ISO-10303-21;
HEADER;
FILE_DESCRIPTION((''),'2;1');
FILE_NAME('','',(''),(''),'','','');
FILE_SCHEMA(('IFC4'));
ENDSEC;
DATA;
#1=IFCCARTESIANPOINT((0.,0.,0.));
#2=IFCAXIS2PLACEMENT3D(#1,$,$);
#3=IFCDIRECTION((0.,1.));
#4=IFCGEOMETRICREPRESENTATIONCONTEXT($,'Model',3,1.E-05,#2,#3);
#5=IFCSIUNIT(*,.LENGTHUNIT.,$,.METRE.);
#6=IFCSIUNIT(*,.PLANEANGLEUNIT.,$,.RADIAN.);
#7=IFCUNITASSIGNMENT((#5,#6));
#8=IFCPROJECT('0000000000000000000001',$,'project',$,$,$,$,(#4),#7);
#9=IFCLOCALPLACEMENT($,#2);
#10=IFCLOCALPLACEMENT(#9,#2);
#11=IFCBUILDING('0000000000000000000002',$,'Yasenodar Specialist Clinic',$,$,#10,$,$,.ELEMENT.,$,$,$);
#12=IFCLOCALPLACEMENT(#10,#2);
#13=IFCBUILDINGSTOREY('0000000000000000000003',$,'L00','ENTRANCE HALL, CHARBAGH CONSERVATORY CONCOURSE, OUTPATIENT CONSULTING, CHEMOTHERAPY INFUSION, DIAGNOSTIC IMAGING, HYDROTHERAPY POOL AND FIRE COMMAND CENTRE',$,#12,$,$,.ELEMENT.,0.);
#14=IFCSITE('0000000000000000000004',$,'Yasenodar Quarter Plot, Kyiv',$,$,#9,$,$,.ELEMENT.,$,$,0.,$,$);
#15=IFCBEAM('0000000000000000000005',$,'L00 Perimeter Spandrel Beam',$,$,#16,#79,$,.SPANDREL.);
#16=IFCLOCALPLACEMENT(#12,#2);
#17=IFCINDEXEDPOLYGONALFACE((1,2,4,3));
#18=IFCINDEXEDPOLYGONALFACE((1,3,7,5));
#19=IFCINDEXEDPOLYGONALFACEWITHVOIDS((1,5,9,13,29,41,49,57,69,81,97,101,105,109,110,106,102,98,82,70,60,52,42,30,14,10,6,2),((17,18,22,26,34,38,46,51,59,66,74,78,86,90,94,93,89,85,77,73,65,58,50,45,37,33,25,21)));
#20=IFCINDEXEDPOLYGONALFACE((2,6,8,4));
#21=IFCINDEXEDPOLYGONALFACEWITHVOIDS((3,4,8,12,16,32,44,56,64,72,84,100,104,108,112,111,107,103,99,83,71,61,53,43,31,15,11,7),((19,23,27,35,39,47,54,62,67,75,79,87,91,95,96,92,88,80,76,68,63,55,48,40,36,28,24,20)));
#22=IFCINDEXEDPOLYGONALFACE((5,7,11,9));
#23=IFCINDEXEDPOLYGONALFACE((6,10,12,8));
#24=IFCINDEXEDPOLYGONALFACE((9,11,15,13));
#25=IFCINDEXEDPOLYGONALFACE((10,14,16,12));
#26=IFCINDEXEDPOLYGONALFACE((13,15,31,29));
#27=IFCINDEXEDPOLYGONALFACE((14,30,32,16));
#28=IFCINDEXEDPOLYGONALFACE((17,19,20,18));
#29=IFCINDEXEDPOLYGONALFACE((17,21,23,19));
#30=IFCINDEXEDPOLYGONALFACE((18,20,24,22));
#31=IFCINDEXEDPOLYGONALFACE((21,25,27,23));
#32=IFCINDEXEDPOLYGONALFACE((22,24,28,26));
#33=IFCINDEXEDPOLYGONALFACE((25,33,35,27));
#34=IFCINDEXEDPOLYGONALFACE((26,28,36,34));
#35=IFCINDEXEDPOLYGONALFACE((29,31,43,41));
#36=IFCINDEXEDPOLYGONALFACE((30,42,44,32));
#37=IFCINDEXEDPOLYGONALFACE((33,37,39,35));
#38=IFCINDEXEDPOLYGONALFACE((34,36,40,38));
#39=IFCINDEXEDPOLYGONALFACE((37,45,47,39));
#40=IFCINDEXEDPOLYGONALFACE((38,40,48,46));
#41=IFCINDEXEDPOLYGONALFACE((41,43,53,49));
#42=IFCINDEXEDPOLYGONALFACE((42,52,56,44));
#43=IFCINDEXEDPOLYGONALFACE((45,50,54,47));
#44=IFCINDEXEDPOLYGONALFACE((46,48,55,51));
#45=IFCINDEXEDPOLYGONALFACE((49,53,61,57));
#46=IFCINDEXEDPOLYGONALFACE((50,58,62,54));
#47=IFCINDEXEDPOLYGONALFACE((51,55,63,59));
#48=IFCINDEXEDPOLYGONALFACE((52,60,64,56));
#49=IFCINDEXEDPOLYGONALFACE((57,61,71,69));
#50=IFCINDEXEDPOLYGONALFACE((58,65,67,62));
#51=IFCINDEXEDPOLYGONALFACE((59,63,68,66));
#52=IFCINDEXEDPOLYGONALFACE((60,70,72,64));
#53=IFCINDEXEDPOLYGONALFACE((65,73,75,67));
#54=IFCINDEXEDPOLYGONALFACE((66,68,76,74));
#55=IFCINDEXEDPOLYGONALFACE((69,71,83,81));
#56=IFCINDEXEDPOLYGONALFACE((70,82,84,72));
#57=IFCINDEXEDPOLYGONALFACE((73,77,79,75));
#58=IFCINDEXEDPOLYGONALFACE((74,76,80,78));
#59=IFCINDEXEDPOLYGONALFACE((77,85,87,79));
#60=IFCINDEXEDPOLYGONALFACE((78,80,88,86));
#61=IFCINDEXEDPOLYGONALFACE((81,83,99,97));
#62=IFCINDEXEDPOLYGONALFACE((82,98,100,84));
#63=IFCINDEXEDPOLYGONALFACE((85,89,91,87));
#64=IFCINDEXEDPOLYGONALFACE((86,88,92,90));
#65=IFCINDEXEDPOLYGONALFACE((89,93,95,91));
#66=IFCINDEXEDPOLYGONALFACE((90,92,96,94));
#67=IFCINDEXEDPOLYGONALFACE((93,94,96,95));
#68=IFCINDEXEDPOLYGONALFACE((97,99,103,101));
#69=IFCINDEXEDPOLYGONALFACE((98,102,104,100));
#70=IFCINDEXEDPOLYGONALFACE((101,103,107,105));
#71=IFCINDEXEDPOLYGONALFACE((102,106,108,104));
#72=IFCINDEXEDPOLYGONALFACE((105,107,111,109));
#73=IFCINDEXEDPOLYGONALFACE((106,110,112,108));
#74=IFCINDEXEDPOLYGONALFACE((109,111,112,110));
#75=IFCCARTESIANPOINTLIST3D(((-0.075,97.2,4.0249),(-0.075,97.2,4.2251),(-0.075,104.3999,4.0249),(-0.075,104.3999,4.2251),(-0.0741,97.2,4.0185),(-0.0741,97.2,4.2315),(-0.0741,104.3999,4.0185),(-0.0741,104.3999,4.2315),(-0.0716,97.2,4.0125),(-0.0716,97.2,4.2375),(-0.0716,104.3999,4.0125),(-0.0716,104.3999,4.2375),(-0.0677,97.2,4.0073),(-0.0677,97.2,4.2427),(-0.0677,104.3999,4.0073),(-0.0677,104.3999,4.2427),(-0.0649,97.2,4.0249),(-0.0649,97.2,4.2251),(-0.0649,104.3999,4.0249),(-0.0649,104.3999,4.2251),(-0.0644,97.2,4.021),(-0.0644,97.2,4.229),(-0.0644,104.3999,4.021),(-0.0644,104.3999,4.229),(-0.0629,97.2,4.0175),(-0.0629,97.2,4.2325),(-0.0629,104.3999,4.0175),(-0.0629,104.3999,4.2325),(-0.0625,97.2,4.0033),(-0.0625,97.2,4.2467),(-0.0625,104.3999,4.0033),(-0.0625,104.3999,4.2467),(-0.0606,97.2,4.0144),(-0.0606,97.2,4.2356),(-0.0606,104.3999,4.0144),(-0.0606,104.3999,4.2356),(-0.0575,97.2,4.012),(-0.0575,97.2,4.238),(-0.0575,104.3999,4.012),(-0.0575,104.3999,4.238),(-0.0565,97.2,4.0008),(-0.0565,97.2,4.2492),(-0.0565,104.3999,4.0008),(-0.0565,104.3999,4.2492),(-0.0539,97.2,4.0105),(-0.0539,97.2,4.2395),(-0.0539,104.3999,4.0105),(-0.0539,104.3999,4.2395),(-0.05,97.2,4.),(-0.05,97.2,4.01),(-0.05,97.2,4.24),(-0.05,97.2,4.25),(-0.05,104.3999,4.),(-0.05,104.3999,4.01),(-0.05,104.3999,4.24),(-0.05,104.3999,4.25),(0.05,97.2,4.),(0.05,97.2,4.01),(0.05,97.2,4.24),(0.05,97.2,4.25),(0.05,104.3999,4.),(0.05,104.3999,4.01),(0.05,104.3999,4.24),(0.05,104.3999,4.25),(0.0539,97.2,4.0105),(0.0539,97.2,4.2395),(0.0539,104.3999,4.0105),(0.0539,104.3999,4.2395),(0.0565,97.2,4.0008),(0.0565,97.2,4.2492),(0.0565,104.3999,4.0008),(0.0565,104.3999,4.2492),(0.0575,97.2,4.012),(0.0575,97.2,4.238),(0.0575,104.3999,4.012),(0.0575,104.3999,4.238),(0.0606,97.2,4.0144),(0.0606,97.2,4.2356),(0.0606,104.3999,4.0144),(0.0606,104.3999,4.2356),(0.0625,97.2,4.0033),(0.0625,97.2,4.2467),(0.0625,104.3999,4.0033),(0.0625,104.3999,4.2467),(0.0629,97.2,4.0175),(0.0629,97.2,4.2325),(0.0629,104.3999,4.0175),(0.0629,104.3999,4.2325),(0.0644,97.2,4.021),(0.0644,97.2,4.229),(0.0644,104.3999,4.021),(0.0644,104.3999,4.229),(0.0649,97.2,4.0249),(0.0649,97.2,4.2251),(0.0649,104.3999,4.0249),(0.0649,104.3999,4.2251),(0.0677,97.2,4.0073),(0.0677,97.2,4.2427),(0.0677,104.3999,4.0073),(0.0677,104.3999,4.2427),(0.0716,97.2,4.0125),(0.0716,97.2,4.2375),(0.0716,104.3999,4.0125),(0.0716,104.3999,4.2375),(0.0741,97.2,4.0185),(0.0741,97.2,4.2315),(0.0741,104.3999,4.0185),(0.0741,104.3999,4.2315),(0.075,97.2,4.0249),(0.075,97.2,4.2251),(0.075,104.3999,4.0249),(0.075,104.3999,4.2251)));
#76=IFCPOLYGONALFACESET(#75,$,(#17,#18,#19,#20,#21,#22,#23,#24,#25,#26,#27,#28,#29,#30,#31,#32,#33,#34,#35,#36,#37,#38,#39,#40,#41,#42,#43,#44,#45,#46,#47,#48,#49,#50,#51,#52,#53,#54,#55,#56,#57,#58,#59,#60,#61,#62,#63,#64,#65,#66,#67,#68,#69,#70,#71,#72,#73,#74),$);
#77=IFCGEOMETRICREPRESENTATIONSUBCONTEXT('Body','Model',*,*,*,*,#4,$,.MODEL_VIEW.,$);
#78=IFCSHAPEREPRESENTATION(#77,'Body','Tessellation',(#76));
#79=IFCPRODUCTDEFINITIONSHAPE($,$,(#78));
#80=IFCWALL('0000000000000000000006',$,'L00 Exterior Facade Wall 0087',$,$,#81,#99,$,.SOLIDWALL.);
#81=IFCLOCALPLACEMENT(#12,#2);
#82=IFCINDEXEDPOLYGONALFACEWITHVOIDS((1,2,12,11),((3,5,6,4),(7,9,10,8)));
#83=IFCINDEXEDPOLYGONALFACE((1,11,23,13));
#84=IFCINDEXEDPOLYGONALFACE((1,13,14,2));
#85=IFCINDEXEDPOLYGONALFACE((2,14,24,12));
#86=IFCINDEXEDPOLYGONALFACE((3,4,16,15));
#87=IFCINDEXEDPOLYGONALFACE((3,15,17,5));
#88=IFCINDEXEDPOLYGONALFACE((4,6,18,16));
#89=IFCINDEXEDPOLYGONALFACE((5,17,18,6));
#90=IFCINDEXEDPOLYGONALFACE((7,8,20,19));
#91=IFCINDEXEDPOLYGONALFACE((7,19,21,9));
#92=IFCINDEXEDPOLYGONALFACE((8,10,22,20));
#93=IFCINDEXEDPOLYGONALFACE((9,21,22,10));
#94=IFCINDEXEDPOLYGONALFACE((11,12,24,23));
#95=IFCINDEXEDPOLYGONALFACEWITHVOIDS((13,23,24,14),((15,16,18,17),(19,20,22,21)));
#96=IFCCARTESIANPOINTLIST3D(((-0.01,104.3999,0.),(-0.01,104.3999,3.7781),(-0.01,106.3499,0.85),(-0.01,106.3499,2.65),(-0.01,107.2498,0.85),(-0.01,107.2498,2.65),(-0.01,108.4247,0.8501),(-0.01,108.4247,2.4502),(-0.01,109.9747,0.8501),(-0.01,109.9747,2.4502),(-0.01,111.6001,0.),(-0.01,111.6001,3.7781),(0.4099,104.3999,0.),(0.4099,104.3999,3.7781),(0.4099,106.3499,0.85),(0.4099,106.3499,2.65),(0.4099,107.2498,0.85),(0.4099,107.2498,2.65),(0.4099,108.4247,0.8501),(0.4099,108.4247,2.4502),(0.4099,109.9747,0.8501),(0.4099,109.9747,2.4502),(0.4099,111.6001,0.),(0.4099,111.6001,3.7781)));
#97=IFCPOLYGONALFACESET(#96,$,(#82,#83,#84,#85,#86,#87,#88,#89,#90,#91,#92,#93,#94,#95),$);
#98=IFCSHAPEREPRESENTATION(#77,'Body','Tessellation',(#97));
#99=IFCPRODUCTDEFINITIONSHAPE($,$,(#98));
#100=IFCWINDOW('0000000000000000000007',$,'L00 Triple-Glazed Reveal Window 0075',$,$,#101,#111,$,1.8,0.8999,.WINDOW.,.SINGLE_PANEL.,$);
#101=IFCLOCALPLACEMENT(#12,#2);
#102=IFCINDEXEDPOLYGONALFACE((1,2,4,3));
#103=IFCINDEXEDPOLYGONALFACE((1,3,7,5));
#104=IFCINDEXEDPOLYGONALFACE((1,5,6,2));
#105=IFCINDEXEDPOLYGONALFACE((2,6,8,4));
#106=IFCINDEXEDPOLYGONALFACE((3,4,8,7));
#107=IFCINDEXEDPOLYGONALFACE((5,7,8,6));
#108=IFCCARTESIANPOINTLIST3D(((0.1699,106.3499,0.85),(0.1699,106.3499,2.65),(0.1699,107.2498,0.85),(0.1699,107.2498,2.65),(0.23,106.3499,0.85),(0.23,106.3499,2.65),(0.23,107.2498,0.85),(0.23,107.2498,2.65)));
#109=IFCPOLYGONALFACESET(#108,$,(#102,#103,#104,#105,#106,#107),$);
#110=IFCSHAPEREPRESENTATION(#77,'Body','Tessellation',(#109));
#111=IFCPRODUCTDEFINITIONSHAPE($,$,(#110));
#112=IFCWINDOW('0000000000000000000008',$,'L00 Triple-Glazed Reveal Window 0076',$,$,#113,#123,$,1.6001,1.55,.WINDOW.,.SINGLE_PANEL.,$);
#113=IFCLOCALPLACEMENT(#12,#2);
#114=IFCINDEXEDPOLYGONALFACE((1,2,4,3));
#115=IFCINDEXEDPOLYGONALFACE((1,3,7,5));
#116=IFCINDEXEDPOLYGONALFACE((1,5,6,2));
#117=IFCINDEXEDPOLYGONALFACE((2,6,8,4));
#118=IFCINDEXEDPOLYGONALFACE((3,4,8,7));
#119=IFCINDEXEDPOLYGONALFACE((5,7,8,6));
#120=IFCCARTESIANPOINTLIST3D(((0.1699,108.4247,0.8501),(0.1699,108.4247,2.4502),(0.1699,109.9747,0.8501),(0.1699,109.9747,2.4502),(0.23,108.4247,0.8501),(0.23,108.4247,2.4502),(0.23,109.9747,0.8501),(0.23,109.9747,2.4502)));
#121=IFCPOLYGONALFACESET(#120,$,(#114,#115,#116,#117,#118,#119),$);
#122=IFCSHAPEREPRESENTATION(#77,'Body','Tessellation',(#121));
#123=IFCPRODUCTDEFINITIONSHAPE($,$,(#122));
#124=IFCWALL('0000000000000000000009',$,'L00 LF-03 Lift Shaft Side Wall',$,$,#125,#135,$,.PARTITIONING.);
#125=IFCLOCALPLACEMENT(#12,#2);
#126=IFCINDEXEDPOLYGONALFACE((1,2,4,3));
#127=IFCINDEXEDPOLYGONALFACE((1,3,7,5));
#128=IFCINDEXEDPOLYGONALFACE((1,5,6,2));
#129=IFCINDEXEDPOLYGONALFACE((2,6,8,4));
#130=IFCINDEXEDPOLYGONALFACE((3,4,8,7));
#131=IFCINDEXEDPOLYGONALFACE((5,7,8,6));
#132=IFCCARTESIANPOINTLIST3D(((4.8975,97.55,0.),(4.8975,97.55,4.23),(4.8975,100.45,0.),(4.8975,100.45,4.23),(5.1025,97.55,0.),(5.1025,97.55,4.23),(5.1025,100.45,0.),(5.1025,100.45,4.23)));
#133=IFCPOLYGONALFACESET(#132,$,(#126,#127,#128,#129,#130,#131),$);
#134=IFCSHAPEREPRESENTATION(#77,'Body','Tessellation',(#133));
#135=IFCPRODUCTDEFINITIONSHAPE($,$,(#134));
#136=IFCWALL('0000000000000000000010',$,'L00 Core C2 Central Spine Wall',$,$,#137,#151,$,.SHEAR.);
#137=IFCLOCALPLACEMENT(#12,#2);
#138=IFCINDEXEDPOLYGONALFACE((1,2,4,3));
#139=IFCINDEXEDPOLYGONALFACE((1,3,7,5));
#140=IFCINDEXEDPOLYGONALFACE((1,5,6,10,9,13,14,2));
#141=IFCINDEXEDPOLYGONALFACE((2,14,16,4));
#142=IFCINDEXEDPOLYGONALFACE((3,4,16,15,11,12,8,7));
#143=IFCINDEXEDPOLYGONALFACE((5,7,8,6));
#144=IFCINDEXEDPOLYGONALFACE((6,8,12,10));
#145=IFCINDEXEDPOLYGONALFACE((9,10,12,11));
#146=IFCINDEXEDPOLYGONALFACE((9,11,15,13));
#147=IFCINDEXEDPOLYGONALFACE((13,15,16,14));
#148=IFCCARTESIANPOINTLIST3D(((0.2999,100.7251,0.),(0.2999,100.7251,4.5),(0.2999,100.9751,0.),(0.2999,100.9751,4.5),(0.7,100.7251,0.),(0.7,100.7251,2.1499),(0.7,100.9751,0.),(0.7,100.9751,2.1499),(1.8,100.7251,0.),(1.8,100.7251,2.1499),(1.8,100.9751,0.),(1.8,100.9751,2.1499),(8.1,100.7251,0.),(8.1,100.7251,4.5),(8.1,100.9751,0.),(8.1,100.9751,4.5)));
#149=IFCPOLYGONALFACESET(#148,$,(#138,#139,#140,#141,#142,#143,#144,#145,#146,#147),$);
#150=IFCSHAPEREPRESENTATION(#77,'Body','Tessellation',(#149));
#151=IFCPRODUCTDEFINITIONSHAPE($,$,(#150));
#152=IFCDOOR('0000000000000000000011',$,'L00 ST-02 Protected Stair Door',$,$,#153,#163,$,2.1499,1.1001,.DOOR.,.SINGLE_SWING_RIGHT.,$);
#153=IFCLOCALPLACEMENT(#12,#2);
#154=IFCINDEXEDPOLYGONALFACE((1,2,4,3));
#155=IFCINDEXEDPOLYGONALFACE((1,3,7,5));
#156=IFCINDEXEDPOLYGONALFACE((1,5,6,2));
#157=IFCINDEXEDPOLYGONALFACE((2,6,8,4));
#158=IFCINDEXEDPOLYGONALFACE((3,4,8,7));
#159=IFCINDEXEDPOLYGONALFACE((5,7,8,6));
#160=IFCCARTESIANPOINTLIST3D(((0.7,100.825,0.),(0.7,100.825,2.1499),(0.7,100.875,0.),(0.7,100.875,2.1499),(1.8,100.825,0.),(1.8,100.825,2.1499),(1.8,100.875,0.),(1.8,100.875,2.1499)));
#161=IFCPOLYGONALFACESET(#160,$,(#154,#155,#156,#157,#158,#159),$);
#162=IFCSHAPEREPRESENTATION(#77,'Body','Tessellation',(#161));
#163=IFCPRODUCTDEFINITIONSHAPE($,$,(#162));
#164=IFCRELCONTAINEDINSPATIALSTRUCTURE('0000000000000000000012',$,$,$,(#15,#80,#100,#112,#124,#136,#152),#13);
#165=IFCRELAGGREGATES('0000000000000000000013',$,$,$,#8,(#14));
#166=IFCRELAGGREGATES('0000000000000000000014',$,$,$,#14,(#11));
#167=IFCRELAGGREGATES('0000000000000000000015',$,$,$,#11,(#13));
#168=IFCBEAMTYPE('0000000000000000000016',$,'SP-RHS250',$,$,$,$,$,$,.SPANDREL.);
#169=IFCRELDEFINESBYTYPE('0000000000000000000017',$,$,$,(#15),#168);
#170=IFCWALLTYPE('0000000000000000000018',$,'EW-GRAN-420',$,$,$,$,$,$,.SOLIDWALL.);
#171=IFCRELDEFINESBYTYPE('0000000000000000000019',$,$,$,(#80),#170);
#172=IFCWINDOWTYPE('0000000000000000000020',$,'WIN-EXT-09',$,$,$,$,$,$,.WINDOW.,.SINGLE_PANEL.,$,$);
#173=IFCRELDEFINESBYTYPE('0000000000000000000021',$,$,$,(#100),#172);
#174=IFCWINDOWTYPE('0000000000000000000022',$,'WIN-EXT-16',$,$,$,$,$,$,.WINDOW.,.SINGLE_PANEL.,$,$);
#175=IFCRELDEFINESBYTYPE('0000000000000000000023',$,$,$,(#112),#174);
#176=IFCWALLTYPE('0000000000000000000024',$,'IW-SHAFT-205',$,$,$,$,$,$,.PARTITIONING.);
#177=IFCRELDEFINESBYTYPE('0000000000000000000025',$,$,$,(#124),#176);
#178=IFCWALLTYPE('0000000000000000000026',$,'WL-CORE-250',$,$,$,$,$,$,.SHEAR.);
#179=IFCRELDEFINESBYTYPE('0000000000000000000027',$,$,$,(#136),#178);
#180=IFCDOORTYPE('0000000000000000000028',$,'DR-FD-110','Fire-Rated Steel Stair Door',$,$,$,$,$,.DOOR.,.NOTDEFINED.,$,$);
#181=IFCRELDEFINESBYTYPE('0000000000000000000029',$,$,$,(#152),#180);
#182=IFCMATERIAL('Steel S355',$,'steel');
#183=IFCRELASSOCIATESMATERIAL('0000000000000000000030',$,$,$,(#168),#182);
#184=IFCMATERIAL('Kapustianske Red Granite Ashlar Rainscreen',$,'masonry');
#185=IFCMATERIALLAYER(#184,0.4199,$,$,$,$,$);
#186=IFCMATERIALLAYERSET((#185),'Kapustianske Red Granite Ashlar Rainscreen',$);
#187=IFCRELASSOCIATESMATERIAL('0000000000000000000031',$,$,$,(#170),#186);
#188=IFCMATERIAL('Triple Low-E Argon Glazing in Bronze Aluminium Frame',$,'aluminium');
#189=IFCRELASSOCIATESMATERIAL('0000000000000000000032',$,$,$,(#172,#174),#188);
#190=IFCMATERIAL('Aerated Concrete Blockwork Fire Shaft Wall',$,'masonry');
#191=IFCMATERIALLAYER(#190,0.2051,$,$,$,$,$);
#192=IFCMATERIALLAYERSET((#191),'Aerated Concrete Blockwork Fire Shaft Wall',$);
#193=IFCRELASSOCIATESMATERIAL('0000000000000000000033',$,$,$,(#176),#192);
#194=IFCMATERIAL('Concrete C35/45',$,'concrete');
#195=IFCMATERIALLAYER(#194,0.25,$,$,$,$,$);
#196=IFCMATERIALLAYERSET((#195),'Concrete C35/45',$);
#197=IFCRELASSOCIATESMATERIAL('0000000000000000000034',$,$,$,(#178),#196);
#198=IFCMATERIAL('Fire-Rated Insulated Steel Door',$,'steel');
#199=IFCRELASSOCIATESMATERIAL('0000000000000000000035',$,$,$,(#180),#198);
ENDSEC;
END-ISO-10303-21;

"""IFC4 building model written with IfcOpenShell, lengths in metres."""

from ifc_helpers import new_model, si_unit, direction, frame, frame_2d, origin, origin_2d, place, context, subcontext, project, spatial, rectangle, hollow_rectangle, extrude, material, layer, layer_set, material_profile, profile_set, type_object, element, fill, save


model = new_model("IFC4")

# Units and contexts
model_context = context("Model", 3, precision=1e-05, world=origin(), true_north=direction((0.0, 1.0)))
body_context = subcontext(model_context, "Body", "Model", "MODEL_VIEW")
ifc_project = project(units=[si_unit("LENGTHUNIT", "METRE"), si_unit("PLANEANGLEUNIT", "RADIAN")], contexts=[model_context])

# Site, building, storey
site_placement = place(None, origin())
site = spatial("IfcSite", under=ifc_project, at=site_placement, Name="Yasenodar Quarter Plot, Kyiv", CompositionType="ELEMENT", RefElevation=0.0)
building_placement = place(site_placement, origin())
building = spatial("IfcBuilding", under=site, at=building_placement, Name="Yasenodar Specialist Clinic", CompositionType="ELEMENT")
storey_placement = place(building_placement, origin())
storey = spatial("IfcBuildingStorey", under=building, at=storey_placement, Name="L00", Description="ENTRANCE HALL, CHARBAGH CONSERVATORY CONCOURSE, OUTPATIENT CONSULTING, CHEMOTHERAPY INFUSION, DIAGNOSTIC IMAGING, HYDROTHERAPY POOL AND FIRE COMMAND CENTRE", CompositionType="ELEMENT", Elevation=0.0)

# Shared definitions
ifc_material_1 = material(Name="Concrete C35/45", Category="concrete")

# Shared definitions
ifc_material_2 = material(Name="Steel S355", Category="steel")

# Beam
ifc_material_profile_1 = material_profile(ifc_material_2, hollow_rectangle(XDim=0.1499, YDim=0.25, WallThickness=0.01, InnerFilletRadius=0.0149, OuterFilletRadius=0.0249, at=origin_2d()), Name="RHS 250x150x10")
ifc_profile_set_1 = profile_set([ifc_material_profile_1], Name="Steel S355")
beam_type_1 = type_object("IfcBeamType", Name="SP-RHS250", PredefinedType="SPANDREL", material=ifc_profile_set_1)
beam_1_placement = place(storey_placement, frame((0.0, 97.2, 4.125), z_axis=(0.0, 1.0, 0.0), x_axis=(-1.0, 0.0, 0.0)))
element("IfcBeam", 1, at=beam_1_placement, inside=storey, type_object=beam_type_1, Name="L00 Perimeter Spandrel Beam", PredefinedType="SPANDREL", context=body_context, shape_type="SweptSolid", body=[
    extrude(hollow_rectangle(XDim=0.1499, YDim=0.25, WallThickness=0.01, InnerFilletRadius=0.0149, OuterFilletRadius=0.0249, at=origin_2d()), origin(), (0.0, 0.0, 1.0), 7.2),
])

# Wall, openings, windows
ifc_material_3 = material(Name="Kapustianske Red Granite Ashlar Rainscreen", Category="masonry")
ifc_layer_1 = layer(ifc_material_3, 0.4199)
ifc_layer_set_1 = layer_set([ifc_layer_1], Name="Kapustianske Red Granite Ashlar Rainscreen")
wall_type_1 = type_object("IfcWallType", Name="EW-GRAN-420", PredefinedType="SOLIDWALL", material=ifc_layer_set_1)
wall_1_placement = place(storey_placement, frame((0.2, 104.3999, 0.0), z_axis=(0.0, 0.0, 1.0), x_axis=(0.0, 1.0, 0.0)))
wall_1 = element("IfcWall", 2, at=wall_1_placement, inside=storey, type_object=wall_type_1, Name="L00 Exterior Facade Wall 0087", PredefinedType="SOLIDWALL", context=body_context, shape_type="SweptSolid", body=[
    extrude(rectangle(XDim=7.2002, YDim=0.4199, at=frame_2d((3.6001, 0.0))), origin(), (0.0, 0.0, 1.0), 3.7781),
])
opening_1_placement = place(wall_1_placement, frame((1.95, 0.0, 0.8501)))
opening_1 = element("IfcOpeningElement", 3, at=opening_1_placement, cuts=wall_1, PredefinedType="OPENING", context=body_context, shape_type="SweptSolid", body=[
    extrude(rectangle(XDim=0.8999, YDim=1.8, at=frame_2d((0.45, 0.8999))), frame((0.0, 0.22, 0.0), z_axis=(0.0, -1.0, 0.0), x_axis=(1.0, 0.0, 0.0)), (0.0, 0.0, 1.0), 0.4399),
])
opening_2_placement = place(wall_1_placement, frame((4.0249, 0.0, 0.8501)))
opening_2 = element("IfcOpeningElement", 4, at=opening_2_placement, cuts=wall_1, PredefinedType="OPENING", context=body_context, shape_type="SweptSolid", body=[
    extrude(rectangle(XDim=1.55, YDim=1.6001, at=frame_2d((0.7749, 0.8))), frame((0.0, 0.22, 0.0), z_axis=(0.0, -1.0, 0.0), x_axis=(1.0, 0.0, 0.0)), (0.0, 0.0, 1.0), 0.4399),
])
ifc_material_4 = material(Name="Triple Low-E Argon Glazing in Bronze Aluminium Frame", Category="aluminium")
window_type_1 = type_object("IfcWindowType", Name="WIN-EXT-09", PartitioningType="SINGLE_PANEL", PredefinedType="WINDOW", material=ifc_material_4)
window_1_placement = place(opening_1_placement, origin())
window_1 = element("IfcWindow", 5, at=window_1_placement, inside=storey, type_object=window_type_1, Name="L00 Triple-Glazed Reveal Window 0075", OverallHeight=1.8, OverallWidth=0.8999, PartitioningType="SINGLE_PANEL", PredefinedType="WINDOW", context=body_context, shape_type="SweptSolid", body=[
    extrude(rectangle(XDim=0.8999, YDim=1.8, at=frame_2d((0.45, 0.8999))), frame((0.0, 0.03, 0.0), z_axis=(0.0, -1.0, 0.0), x_axis=(1.0, 0.0, 0.0)), (0.0, 0.0, 1.0), 0.0601),
])
fill(opening_1, window_1)
window_type_2 = type_object("IfcWindowType", Name="WIN-EXT-16", PartitioningType="SINGLE_PANEL", PredefinedType="WINDOW", material=ifc_material_4)
window_2_placement = place(opening_2_placement, origin())
window_2 = element("IfcWindow", 6, at=window_2_placement, inside=storey, type_object=window_type_2, Name="L00 Triple-Glazed Reveal Window 0076", OverallHeight=1.6001, OverallWidth=1.55, PartitioningType="SINGLE_PANEL", PredefinedType="WINDOW", context=body_context, shape_type="SweptSolid", body=[
    extrude(rectangle(XDim=1.55, YDim=1.6001, at=frame_2d((0.7749, 0.8))), frame((0.0, 0.03, 0.0), z_axis=(0.0, -1.0, 0.0), x_axis=(1.0, 0.0, 0.0)), (0.0, 0.0, 1.0), 0.0601),
])
fill(opening_2, window_2)

# Wall
ifc_material_5 = material(Name="Aerated Concrete Blockwork Fire Shaft Wall", Category="masonry")
ifc_layer_2 = layer(ifc_material_5, 0.2051)
ifc_layer_set_2 = layer_set([ifc_layer_2], Name="Aerated Concrete Blockwork Fire Shaft Wall")
wall_type_2 = type_object("IfcWallType", Name="IW-SHAFT-205", PredefinedType="PARTITIONING", material=ifc_layer_set_2)
wall_2_placement = place(storey_placement, frame((5.0, 97.55, 0.0), z_axis=(0.0, 0.0, 1.0), x_axis=(0.0, 1.0, 0.0)))
element("IfcWall", 7, at=wall_2_placement, inside=storey, type_object=wall_type_2, Name="L00 LF-03 Lift Shaft Side Wall", PredefinedType="PARTITIONING", context=body_context, shape_type="SweptSolid", body=[
    extrude(rectangle(XDim=2.8999, YDim=0.2051, at=frame_2d((1.45, 0.0))), origin(), (0.0, 0.0, 1.0), 4.23),
])

# Wall, opening, door
ifc_layer_3 = layer(ifc_material_1, 0.25)
ifc_layer_set_3 = layer_set([ifc_layer_3], Name="Concrete C35/45")
wall_type_3 = type_object("IfcWallType", Name="WL-CORE-250", PredefinedType="SHEAR", material=ifc_layer_set_3)
wall_3_placement = place(storey_placement, frame((0.3, 100.8501, 0.0), z_axis=(0.0, 0.0, 1.0), x_axis=(1.0, 0.0, 0.0)))
wall_3 = element("IfcWall", 8, at=wall_3_placement, inside=storey, type_object=wall_type_3, Name="L00 Core C2 Central Spine Wall", PredefinedType="SHEAR", context=body_context, shape_type="SweptSolid", body=[
    extrude(rectangle(XDim=7.8, YDim=0.25, at=frame_2d((3.8999, 0.0))), origin(), (0.0, 0.0, 1.0), 4.5),
])
opening_3_placement = place(wall_3_placement, frame((0.3999, 0.0, 0.0)))
opening_3 = element("IfcOpeningElement", 9, at=opening_3_placement, cuts=wall_3, PredefinedType="OPENING", context=body_context, shape_type="SweptSolid", body=[
    extrude(rectangle(XDim=1.1001, YDim=2.1499, at=frame_2d((0.55, 1.075))), frame((0.0, 0.135, 0.0), z_axis=(0.0, -1.0, 0.0), x_axis=(1.0, 0.0, 0.0)), (0.0, 0.0, 1.0), 0.27),
])
ifc_material_6 = material(Name="Fire-Rated Insulated Steel Door", Category="steel")
door_type_1 = type_object("IfcDoorType", Name="DR-FD-110", Description="Fire-Rated Steel Stair Door", OperationType="NOTDEFINED", PredefinedType="DOOR", material=ifc_material_6)
door_1_placement = place(opening_3_placement, origin())
door_1 = element("IfcDoor", 10, at=door_1_placement, inside=storey, type_object=door_type_1, Name="L00 ST-02 Protected Stair Door", OperationType="SINGLE_SWING_RIGHT", OverallHeight=2.1499, OverallWidth=1.1001, PredefinedType="DOOR", context=body_context, shape_type="SweptSolid", body=[
    extrude(rectangle(XDim=1.1001, YDim=2.1499, at=frame_2d((0.55, 1.075))), frame((0.0, 0.0249, 0.0), z_axis=(0.0, -1.0, 0.0), x_axis=(1.0, 0.0, 0.0)), (0.0, 0.0, 1.0), 0.05),
])
fill(opening_3, door_1)

save(model, "model.ifc")
